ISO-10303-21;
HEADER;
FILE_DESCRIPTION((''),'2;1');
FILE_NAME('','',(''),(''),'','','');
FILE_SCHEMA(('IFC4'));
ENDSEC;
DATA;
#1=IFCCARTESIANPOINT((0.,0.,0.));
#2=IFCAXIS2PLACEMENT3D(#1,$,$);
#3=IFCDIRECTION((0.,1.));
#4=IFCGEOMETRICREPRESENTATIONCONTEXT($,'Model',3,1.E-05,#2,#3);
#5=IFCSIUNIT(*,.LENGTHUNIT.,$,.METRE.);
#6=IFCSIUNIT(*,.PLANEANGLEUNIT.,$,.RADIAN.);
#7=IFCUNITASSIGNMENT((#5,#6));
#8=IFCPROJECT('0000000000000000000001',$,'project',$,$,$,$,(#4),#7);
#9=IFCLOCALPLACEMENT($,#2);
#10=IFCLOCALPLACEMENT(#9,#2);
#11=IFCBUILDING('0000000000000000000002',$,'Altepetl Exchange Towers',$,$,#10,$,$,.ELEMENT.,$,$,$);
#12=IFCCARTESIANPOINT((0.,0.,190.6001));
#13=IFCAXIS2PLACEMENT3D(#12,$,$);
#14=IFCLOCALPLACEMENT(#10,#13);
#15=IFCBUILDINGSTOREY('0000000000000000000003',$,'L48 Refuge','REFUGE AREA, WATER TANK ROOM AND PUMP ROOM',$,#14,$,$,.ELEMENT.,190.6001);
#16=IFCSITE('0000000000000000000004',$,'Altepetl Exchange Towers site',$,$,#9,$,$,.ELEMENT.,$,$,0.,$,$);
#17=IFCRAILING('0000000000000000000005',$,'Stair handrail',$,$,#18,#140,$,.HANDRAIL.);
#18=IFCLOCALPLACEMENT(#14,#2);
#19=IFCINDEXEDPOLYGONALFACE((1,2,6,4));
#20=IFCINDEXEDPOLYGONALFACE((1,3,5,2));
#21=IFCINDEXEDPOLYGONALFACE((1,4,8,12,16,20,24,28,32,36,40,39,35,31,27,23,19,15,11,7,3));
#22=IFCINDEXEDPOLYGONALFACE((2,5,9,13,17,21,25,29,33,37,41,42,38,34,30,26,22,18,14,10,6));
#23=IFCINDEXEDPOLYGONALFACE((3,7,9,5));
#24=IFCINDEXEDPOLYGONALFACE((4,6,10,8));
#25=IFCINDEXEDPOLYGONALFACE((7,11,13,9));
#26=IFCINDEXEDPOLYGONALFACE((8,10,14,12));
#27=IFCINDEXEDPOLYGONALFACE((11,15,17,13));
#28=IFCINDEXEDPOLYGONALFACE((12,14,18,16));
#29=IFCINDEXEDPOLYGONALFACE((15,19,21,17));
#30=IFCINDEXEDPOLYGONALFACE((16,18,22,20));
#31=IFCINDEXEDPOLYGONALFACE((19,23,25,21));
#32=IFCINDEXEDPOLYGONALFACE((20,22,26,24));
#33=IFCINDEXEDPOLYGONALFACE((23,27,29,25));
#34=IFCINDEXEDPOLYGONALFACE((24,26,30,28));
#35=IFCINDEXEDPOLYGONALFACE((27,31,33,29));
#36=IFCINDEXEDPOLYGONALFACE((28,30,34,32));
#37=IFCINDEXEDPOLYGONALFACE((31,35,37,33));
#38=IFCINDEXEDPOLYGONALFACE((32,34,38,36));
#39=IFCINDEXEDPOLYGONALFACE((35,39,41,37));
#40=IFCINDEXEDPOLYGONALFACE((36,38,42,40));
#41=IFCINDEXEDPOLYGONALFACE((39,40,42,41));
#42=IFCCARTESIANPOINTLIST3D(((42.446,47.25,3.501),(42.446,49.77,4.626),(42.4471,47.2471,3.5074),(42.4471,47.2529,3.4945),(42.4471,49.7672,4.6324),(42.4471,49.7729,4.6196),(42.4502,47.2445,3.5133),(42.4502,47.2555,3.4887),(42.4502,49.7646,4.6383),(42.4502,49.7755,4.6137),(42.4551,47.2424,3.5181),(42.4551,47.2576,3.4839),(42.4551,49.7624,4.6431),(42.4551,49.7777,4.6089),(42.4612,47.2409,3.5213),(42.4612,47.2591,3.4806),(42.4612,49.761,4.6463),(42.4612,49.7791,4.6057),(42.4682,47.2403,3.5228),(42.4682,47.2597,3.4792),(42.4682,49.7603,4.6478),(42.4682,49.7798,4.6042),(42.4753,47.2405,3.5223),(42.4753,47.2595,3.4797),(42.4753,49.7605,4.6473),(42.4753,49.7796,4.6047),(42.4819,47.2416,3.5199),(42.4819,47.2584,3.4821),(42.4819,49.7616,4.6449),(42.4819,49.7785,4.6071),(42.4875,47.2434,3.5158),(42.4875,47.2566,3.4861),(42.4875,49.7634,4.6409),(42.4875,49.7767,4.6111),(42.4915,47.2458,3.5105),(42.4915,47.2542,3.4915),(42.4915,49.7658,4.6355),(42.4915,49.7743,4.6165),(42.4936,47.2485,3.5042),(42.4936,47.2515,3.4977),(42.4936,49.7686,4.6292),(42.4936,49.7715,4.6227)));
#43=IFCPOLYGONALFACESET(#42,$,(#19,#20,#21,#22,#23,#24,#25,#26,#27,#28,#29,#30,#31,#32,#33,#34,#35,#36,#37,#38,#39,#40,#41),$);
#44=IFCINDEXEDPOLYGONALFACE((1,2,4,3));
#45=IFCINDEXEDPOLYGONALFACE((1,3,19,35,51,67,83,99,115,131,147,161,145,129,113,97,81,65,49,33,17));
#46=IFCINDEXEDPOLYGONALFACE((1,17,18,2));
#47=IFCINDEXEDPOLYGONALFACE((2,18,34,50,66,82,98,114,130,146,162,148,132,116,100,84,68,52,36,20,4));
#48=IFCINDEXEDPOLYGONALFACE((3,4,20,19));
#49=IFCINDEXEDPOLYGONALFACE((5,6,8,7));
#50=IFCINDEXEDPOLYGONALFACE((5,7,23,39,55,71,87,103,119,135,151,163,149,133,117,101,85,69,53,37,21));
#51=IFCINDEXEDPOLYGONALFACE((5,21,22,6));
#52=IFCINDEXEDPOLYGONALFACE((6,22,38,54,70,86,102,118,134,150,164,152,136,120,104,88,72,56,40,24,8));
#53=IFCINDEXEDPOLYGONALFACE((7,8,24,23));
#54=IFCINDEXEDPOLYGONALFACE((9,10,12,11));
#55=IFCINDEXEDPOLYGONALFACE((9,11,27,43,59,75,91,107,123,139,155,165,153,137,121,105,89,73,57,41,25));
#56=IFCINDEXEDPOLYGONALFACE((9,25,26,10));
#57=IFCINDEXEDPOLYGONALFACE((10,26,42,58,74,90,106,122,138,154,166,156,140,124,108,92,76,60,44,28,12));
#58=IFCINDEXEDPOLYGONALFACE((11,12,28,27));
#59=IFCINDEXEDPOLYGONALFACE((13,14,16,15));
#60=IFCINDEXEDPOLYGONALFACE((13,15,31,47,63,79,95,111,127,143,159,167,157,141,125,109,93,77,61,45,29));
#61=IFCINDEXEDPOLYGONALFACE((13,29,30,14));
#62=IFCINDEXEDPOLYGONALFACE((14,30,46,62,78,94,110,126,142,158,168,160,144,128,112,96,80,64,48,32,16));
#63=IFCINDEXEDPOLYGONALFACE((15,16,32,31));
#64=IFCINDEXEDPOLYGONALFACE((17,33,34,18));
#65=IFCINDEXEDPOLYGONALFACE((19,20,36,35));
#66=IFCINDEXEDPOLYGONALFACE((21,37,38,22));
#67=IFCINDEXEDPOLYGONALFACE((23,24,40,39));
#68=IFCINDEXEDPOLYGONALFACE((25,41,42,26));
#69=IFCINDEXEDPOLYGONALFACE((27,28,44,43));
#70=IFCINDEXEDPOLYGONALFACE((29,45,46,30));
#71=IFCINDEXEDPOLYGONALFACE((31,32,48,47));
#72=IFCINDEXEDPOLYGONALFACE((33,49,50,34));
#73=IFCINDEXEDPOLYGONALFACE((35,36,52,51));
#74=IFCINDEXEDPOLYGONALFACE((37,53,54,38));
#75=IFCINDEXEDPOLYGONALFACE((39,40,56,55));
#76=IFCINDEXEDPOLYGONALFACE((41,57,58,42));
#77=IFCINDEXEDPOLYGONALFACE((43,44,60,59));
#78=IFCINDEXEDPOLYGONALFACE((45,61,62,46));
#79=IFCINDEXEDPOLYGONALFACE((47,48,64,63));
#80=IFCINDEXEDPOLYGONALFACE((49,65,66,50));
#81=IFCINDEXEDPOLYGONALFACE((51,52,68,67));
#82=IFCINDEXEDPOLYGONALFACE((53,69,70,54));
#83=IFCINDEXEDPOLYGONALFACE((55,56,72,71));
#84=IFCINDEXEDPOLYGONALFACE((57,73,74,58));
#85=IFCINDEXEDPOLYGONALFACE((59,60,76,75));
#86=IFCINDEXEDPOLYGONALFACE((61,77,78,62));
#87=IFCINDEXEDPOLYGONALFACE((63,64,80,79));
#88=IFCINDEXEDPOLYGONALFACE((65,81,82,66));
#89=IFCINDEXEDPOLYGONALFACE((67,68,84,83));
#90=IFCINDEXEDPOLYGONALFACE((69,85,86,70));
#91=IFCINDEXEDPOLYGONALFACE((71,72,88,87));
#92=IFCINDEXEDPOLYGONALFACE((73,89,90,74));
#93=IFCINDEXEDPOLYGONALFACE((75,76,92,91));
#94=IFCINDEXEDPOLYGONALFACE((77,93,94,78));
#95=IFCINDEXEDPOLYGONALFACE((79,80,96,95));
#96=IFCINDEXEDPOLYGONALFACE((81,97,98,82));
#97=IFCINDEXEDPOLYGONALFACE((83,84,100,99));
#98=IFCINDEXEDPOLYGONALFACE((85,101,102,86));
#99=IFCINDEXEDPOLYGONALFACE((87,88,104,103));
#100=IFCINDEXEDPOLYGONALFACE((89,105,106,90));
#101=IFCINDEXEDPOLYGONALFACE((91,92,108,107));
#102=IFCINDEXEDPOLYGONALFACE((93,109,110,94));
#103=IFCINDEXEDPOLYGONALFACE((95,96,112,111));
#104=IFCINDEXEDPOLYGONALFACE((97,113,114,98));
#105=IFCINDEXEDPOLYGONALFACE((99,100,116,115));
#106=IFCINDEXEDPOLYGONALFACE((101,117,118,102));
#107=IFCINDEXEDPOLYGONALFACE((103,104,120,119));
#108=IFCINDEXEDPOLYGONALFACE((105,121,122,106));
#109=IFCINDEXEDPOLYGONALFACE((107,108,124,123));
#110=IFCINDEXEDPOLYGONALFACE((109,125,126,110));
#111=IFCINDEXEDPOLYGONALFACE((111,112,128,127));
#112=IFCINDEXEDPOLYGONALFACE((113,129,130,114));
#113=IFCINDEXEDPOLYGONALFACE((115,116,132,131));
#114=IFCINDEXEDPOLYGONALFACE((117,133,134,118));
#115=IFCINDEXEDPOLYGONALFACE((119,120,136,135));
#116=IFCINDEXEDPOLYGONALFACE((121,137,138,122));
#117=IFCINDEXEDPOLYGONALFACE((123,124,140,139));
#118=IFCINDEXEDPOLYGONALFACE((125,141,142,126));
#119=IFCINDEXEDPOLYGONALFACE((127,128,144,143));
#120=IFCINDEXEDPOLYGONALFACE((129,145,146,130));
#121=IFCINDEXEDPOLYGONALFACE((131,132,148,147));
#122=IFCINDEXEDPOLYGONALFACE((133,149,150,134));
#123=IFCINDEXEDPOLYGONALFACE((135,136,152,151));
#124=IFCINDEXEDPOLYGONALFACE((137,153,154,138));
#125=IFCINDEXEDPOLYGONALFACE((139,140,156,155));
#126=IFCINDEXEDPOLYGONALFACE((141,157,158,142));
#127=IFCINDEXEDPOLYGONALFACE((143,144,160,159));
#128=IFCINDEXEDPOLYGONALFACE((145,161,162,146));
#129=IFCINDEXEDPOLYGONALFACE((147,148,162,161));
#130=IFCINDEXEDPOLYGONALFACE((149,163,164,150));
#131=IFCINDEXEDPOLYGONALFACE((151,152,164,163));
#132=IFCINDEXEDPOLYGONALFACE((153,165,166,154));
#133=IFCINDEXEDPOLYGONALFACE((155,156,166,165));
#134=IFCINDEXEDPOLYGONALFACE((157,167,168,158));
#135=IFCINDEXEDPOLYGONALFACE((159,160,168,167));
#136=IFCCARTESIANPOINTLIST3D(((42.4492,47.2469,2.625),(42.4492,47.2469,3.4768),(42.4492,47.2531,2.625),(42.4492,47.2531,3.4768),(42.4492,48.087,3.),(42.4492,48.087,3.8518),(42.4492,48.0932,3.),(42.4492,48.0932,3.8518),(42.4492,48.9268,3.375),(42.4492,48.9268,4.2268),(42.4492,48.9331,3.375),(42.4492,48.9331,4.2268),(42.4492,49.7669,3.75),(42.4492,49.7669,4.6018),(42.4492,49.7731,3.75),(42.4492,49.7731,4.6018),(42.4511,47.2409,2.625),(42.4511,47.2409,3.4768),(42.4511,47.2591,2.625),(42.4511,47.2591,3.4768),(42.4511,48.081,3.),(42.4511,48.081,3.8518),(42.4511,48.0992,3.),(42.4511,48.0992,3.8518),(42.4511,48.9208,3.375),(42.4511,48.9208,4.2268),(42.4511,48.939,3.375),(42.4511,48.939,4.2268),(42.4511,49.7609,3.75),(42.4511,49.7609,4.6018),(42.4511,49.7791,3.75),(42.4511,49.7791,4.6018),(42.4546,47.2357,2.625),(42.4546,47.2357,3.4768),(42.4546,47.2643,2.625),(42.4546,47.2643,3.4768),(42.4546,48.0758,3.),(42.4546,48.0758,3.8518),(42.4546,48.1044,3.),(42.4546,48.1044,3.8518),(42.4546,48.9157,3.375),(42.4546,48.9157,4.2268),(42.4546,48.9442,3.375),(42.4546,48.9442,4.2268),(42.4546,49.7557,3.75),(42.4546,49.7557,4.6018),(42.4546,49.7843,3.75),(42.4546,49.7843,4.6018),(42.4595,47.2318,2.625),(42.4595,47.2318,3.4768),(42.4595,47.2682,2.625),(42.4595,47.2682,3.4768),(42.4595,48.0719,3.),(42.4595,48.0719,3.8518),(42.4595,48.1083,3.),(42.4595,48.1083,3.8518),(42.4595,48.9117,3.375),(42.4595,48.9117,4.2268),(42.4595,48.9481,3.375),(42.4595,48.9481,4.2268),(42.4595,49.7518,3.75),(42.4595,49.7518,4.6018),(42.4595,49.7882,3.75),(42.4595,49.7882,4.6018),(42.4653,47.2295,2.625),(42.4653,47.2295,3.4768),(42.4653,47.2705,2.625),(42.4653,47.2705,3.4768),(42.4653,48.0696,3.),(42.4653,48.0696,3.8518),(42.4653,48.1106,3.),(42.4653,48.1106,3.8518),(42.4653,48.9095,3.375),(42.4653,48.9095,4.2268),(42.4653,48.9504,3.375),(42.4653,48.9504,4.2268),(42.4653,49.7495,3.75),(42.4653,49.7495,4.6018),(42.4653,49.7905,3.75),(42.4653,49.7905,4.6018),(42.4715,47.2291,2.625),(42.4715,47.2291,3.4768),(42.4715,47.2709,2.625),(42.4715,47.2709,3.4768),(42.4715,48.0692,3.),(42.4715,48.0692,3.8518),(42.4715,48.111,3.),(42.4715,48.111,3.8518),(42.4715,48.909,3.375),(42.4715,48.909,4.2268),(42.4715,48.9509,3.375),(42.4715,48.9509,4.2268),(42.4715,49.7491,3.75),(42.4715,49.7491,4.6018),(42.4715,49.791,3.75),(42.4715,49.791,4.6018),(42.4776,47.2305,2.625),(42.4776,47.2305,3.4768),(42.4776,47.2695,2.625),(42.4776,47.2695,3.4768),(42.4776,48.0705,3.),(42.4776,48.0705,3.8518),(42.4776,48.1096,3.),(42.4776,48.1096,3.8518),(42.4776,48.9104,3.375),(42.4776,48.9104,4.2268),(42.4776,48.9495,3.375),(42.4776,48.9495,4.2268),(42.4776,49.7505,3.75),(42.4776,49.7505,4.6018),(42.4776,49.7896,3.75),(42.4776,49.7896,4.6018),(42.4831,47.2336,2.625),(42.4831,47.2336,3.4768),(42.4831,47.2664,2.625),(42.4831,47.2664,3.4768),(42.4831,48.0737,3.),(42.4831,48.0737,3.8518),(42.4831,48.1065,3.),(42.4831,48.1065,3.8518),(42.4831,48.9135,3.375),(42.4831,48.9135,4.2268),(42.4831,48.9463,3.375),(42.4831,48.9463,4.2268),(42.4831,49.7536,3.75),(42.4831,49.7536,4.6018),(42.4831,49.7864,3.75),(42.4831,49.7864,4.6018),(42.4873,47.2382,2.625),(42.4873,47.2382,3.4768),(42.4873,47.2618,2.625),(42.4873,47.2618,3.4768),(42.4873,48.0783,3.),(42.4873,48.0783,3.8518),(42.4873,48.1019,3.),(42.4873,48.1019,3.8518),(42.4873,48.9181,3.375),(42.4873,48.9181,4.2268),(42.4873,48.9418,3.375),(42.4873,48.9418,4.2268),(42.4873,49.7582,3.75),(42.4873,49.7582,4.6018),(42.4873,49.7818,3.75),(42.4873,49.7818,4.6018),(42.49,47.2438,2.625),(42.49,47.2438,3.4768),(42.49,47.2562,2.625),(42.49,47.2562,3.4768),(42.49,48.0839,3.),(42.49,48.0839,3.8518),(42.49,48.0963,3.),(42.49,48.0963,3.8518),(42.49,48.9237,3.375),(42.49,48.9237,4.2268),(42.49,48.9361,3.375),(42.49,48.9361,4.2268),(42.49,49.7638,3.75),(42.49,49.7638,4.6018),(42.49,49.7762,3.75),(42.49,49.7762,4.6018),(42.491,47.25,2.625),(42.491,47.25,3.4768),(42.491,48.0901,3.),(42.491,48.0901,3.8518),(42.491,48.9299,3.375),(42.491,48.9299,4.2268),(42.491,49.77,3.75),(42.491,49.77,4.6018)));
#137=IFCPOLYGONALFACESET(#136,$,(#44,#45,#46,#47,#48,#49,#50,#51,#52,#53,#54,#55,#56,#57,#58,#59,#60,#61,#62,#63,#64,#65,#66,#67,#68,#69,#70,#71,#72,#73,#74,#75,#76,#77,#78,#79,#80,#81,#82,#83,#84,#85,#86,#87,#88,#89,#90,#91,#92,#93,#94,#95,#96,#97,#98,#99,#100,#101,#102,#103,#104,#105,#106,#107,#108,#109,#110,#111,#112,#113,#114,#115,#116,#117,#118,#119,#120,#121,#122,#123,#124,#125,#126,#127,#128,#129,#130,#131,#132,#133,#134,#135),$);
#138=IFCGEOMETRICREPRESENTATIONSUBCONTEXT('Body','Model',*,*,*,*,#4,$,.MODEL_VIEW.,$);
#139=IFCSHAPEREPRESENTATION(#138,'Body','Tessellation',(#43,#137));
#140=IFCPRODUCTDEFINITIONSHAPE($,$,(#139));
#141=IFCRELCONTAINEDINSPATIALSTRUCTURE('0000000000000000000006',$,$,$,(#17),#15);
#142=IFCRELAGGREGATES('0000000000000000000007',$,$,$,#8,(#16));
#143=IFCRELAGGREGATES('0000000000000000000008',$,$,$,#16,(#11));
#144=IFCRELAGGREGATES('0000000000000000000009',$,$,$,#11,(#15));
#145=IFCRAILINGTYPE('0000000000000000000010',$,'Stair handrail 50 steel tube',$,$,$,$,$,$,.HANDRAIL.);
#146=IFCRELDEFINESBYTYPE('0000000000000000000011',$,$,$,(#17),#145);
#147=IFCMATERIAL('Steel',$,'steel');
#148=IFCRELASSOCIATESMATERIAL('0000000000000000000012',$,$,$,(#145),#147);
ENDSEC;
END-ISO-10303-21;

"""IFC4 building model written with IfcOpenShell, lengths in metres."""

from ifc_helpers import new_model, si_unit, direction, frame, origin, origin_2d, place, context, subcontext, project, spatial, circle, extrude, source, transform, mapped, material, type_object, element, save


model = new_model("IFC4")

# Units and contexts
model_context = context("Model", 3, precision=1e-05, world=origin(), true_north=direction((0.0, 1.0)))
body_context = subcontext(model_context, "Body", "Model", "MODEL_VIEW")
ifc_project = project(units=[si_unit("LENGTHUNIT", "METRE"), si_unit("PLANEANGLEUNIT", "RADIAN")], contexts=[model_context])

# Site, building, storey
site_placement = place(None, origin())
site = spatial("IfcSite", under=ifc_project, at=site_placement, Name="Altepetl Exchange Towers site", CompositionType="ELEMENT", RefElevation=0.0)
building_placement = place(site_placement, origin())
building = spatial("IfcBuilding", under=site, at=building_placement, Name="Altepetl Exchange Towers", CompositionType="ELEMENT")
storey_placement = place(building_placement, frame((0.0, 0.0, 190.6001)))
storey = spatial("IfcBuildingStorey", under=building, at=storey_placement, Name="L48 Refuge", Description="REFUGE AREA, WATER TANK ROOM AND PUMP ROOM", CompositionType="ELEMENT", Elevation=190.6001)

# Railing
ifc_material_1 = material(Name="Steel", Category="steel")
railing_type = type_object("IfcRailingType", Name="Stair handrail 50 steel tube", PredefinedType="HANDRAIL", material=ifc_material_1)
shared_shape = source(origin(), body_context, "Body", "SweptSolid", [
    extrude(circle(Radius=0.021, at=origin_2d()), origin(), (0.0, 0.0, 1.0), 0.8518),
])
for number, where, name in (
    (1, (42.47, 47.25, 2.625), "Stair handrail"),
):
    element("IfcRailing", number, at=place(storey_placement, frame(where)), inside=storey, type_object=railing_type, Name=name, PredefinedType="HANDRAIL", context=body_context, shape_type="SweptSolid", body=[
        extrude(circle(Radius=0.0239, at=origin_2d()), frame((0.0, 0.0, 0.876), z_axis=(0.0, 0.913139, 0.407648), x_axis=(-1.0, 0.0, 0.0)), (0.0, 0.0, 1.0), 2.7598),
        mapped(shared_shape, transform((0.0, 0.0, 0.0))),
        mapped(shared_shape, transform((0.0, 0.8401, 0.375))),
        mapped(shared_shape, transform((0.0, 1.6799, 0.75))),
        mapped(shared_shape, transform((0.0, 2.52, 1.125))),
    ])

save(model, "model.ifc")
